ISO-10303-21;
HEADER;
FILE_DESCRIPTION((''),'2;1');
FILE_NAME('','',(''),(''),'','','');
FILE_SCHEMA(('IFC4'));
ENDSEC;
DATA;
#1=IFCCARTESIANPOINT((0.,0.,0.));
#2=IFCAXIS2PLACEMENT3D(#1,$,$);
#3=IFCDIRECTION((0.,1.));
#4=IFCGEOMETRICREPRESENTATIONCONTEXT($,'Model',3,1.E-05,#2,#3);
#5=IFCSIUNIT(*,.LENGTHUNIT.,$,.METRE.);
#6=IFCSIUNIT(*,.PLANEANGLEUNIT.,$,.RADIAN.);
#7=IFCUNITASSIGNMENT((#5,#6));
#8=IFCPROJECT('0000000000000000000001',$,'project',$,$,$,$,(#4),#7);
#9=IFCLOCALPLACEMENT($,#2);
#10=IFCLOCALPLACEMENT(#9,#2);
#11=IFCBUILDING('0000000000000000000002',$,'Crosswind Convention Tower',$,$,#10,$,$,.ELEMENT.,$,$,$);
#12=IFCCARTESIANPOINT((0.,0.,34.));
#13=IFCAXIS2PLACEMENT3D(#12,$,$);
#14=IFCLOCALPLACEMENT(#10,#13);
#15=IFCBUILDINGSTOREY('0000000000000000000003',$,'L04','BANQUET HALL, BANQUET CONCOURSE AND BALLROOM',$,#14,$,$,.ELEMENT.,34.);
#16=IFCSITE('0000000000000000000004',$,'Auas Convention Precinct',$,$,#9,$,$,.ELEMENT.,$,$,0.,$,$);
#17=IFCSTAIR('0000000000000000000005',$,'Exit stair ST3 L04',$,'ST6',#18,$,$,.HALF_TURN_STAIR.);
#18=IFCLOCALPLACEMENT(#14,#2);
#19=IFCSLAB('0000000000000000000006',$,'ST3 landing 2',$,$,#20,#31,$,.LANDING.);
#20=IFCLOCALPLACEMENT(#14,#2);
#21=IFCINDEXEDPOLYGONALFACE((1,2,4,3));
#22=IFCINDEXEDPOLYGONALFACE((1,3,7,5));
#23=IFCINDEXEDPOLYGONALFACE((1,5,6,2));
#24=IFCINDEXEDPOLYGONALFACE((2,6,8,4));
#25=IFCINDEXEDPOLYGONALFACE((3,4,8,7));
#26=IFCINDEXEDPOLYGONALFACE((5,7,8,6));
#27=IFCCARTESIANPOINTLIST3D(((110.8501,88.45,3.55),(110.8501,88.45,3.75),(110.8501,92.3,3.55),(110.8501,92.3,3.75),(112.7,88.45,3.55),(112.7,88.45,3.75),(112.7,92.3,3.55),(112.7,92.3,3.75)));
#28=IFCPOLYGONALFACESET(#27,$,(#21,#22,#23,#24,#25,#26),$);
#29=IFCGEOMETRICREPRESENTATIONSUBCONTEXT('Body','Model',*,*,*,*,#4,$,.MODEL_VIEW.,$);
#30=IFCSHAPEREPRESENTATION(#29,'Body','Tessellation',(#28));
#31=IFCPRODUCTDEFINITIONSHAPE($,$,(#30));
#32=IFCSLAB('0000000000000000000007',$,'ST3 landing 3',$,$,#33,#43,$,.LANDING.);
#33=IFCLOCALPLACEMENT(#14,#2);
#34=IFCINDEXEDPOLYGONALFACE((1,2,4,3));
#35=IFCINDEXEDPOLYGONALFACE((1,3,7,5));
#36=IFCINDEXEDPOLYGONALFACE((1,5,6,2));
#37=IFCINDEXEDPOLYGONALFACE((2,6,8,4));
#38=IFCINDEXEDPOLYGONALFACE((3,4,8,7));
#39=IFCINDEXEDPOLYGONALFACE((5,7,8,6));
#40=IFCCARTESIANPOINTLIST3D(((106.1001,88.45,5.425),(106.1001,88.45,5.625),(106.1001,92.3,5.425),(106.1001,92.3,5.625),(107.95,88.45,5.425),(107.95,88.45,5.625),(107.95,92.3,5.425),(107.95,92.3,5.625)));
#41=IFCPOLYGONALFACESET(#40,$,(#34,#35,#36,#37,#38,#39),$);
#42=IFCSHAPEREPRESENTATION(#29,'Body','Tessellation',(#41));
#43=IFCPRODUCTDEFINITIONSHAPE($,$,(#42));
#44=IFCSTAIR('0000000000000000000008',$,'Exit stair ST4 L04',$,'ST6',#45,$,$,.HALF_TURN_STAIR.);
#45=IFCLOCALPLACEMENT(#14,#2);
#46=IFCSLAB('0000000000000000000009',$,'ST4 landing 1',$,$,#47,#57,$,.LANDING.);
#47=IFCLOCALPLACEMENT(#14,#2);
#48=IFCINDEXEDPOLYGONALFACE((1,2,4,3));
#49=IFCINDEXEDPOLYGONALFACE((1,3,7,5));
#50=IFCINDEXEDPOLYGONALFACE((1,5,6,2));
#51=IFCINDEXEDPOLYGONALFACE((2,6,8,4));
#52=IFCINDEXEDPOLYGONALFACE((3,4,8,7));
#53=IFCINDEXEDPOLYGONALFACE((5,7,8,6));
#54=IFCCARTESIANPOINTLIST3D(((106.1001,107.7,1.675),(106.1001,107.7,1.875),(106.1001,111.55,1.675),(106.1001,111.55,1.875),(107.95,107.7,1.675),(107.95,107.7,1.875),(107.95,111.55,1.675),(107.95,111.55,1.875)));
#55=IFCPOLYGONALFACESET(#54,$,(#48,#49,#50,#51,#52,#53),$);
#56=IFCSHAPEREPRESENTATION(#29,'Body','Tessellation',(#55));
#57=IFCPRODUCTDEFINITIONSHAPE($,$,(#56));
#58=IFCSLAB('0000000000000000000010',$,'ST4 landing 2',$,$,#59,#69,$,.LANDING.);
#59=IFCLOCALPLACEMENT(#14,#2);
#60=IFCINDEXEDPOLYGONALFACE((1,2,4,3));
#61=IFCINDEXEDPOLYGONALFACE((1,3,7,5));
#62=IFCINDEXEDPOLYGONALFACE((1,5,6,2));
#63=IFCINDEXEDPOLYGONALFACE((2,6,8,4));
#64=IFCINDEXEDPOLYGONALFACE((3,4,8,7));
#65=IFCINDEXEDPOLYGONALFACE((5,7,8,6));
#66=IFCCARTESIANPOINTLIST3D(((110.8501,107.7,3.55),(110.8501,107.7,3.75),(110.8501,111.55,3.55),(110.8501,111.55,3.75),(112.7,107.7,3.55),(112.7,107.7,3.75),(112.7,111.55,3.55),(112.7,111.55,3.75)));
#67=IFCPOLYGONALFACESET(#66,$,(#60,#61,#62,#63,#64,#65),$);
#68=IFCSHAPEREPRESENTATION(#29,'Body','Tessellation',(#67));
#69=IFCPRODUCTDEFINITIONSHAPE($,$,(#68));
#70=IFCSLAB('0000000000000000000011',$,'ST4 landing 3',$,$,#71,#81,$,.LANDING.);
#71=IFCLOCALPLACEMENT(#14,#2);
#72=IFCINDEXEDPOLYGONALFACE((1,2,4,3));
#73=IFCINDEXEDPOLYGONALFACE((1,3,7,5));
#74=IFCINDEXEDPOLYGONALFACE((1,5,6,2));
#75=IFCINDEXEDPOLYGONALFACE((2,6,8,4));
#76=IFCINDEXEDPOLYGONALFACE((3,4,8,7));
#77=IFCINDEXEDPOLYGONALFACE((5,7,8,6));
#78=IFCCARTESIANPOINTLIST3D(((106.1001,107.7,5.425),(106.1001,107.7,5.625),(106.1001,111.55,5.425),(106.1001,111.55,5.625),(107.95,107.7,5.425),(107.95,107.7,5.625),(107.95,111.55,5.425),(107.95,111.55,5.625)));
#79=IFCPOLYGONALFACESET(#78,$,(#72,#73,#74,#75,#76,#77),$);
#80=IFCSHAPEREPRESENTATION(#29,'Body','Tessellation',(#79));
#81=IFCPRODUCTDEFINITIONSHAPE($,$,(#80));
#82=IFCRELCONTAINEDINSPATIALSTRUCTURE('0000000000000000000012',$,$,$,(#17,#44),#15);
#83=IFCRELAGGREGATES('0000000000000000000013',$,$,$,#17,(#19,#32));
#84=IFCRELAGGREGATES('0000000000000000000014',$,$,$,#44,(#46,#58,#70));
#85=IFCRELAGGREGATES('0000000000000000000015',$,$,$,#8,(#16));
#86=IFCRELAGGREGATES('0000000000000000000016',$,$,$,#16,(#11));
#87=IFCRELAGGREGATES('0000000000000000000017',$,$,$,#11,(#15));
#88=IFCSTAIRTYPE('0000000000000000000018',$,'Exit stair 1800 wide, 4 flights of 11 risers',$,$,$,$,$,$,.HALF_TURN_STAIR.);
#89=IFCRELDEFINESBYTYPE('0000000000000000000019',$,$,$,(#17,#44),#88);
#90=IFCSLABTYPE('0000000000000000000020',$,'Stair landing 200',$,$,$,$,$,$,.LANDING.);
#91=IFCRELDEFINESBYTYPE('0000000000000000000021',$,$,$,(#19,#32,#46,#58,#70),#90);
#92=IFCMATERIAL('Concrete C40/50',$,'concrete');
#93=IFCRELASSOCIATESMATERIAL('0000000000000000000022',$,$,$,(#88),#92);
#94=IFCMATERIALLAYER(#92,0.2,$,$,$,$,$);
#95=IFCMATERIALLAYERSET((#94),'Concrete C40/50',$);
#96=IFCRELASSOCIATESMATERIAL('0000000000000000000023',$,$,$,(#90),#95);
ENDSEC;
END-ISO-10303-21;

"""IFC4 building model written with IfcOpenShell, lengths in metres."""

from ifc_helpers import new_model, si_unit, direction, frame, origin, place, context, subcontext, project, spatial, polyline, outline, extrude, material, layer, layer_set, type_object, element, aggregate, save


model = new_model("IFC4")

# Units and contexts
model_context = context("Model", 3, precision=1e-05, world=origin(), true_north=direction((0.0, 1.0)))
body_context = subcontext(model_context, "Body", "Model", "MODEL_VIEW")
ifc_project = project(units=[si_unit("LENGTHUNIT", "METRE"), si_unit("PLANEANGLEUNIT", "RADIAN")], contexts=[model_context])

# Site, building, storey
site_placement = place(None, origin())
site = spatial("IfcSite", under=ifc_project, at=site_placement, Name="Auas Convention Precinct", CompositionType="ELEMENT", RefElevation=0.0)
building_placement = place(site_placement, origin())
building = spatial("IfcBuilding", under=site, at=building_placement, Name="Crosswind Convention Tower", CompositionType="ELEMENT")
storey_placement = place(building_placement, frame((0.0, 0.0, 34.0)))
storey = spatial("IfcBuildingStorey", under=building, at=storey_placement, Name="L04", Description="BANQUET HALL, BANQUET CONCOURSE AND BALLROOM", CompositionType="ELEMENT", Elevation=34.0)

# Shared definitions
ifc_material = material(Name="Concrete C40/50", Category="concrete")

# Stairs, slabs
stair_type_1 = type_object("IfcStairType", Name="Exit stair 1800 wide, 4 flights of 11 risers", PredefinedType="HALF_TURN_STAIR", material=ifc_material)
ifc_layer_1 = layer(ifc_material, 0.2)
ifc_layer_set_1 = layer_set([ifc_layer_1], Name="Concrete C40/50")
slab_type_1 = type_object("IfcSlabType", Name="Stair landing 200", PredefinedType="LANDING", material=ifc_layer_set_1)
stair_1_placement = place(storey_placement, origin())
stair_1 = element("IfcStair", 1, at=stair_1_placement, inside=storey, type_object=stair_type_1, Name="Exit stair ST3 L04", ObjectType="ST6", PredefinedType="HALF_TURN_STAIR")
slab_1_placement = place(storey_placement, frame((0.0, 0.0, 3.55)))
slab_1 = element("IfcSlab", 2, at=slab_1_placement, type_object=slab_type_1, Name="ST3 landing 2", PredefinedType="LANDING", context=body_context, shape_type="SweptSolid", body=[
    extrude(outline(polyline([(112.7, 88.45), (112.7, 92.3), (110.8501, 92.3), (110.8501, 88.45), (112.7, 88.45)])), origin(), (0.0, 0.0, 1.0), 0.2),
])
slab_2_placement = place(storey_placement, frame((0.0, 0.0, 5.425)))
slab_2 = element("IfcSlab", 3, at=slab_2_placement, type_object=slab_type_1, Name="ST3 landing 3", PredefinedType="LANDING", context=body_context, shape_type="SweptSolid", body=[
    extrude(outline(polyline([(107.95, 88.45), (107.95, 92.3), (106.1001, 92.3), (106.1001, 88.45), (107.95, 88.45)])), origin(), (0.0, 0.0, 1.0), 0.2),
])
aggregate(stair_1, [slab_1, slab_2])
stair_2_placement = place(storey_placement, origin())
stair_2 = element("IfcStair", 4, at=stair_2_placement, inside=storey, type_object=stair_type_1, Name="Exit stair ST4 L04", ObjectType="ST6", PredefinedType="HALF_TURN_STAIR")
slab_3_placement = place(storey_placement, frame((0.0, 0.0, 1.675)))
slab_3 = element("IfcSlab", 5, at=slab_3_placement, type_object=slab_type_1, Name="ST4 landing 1", PredefinedType="LANDING", context=body_context, shape_type="SweptSolid", body=[
    extrude(outline(polyline([(107.95, 107.7), (107.95, 111.55), (106.1001, 111.55), (106.1001, 107.7), (107.95, 107.7)])), origin(), (0.0, 0.0, 1.0), 0.2),
])
slab_4_placement = place(storey_placement, frame((0.0, 0.0, 3.55)))
slab_4 = element("IfcSlab", 6, at=slab_4_placement, type_object=slab_type_1, Name="ST4 landing 2", PredefinedType="LANDING", context=body_context, shape_type="SweptSolid", body=[
    extrude(outline(polyline([(112.7, 107.7), (112.7, 111.55), (110.8501, 111.55), (110.8501, 107.7), (112.7, 107.7)])), origin(), (0.0, 0.0, 1.0), 0.2),
])
slab_5_placement = place(storey_placement, frame((0.0, 0.0, 5.425)))
slab_5 = element("IfcSlab", 7, at=slab_5_placement, type_object=slab_type_1, Name="ST4 landing 3", PredefinedType="LANDING", context=body_context, shape_type="SweptSolid", body=[
    extrude(outline(polyline([(107.95, 107.7), (107.95, 111.55), (106.1001, 111.55), (106.1001, 107.7), (107.95, 107.7)])), origin(), (0.0, 0.0, 1.0), 0.2),
])
aggregate(stair_2, [slab_3, slab_4, slab_5])

save(model, "model.ifc")
